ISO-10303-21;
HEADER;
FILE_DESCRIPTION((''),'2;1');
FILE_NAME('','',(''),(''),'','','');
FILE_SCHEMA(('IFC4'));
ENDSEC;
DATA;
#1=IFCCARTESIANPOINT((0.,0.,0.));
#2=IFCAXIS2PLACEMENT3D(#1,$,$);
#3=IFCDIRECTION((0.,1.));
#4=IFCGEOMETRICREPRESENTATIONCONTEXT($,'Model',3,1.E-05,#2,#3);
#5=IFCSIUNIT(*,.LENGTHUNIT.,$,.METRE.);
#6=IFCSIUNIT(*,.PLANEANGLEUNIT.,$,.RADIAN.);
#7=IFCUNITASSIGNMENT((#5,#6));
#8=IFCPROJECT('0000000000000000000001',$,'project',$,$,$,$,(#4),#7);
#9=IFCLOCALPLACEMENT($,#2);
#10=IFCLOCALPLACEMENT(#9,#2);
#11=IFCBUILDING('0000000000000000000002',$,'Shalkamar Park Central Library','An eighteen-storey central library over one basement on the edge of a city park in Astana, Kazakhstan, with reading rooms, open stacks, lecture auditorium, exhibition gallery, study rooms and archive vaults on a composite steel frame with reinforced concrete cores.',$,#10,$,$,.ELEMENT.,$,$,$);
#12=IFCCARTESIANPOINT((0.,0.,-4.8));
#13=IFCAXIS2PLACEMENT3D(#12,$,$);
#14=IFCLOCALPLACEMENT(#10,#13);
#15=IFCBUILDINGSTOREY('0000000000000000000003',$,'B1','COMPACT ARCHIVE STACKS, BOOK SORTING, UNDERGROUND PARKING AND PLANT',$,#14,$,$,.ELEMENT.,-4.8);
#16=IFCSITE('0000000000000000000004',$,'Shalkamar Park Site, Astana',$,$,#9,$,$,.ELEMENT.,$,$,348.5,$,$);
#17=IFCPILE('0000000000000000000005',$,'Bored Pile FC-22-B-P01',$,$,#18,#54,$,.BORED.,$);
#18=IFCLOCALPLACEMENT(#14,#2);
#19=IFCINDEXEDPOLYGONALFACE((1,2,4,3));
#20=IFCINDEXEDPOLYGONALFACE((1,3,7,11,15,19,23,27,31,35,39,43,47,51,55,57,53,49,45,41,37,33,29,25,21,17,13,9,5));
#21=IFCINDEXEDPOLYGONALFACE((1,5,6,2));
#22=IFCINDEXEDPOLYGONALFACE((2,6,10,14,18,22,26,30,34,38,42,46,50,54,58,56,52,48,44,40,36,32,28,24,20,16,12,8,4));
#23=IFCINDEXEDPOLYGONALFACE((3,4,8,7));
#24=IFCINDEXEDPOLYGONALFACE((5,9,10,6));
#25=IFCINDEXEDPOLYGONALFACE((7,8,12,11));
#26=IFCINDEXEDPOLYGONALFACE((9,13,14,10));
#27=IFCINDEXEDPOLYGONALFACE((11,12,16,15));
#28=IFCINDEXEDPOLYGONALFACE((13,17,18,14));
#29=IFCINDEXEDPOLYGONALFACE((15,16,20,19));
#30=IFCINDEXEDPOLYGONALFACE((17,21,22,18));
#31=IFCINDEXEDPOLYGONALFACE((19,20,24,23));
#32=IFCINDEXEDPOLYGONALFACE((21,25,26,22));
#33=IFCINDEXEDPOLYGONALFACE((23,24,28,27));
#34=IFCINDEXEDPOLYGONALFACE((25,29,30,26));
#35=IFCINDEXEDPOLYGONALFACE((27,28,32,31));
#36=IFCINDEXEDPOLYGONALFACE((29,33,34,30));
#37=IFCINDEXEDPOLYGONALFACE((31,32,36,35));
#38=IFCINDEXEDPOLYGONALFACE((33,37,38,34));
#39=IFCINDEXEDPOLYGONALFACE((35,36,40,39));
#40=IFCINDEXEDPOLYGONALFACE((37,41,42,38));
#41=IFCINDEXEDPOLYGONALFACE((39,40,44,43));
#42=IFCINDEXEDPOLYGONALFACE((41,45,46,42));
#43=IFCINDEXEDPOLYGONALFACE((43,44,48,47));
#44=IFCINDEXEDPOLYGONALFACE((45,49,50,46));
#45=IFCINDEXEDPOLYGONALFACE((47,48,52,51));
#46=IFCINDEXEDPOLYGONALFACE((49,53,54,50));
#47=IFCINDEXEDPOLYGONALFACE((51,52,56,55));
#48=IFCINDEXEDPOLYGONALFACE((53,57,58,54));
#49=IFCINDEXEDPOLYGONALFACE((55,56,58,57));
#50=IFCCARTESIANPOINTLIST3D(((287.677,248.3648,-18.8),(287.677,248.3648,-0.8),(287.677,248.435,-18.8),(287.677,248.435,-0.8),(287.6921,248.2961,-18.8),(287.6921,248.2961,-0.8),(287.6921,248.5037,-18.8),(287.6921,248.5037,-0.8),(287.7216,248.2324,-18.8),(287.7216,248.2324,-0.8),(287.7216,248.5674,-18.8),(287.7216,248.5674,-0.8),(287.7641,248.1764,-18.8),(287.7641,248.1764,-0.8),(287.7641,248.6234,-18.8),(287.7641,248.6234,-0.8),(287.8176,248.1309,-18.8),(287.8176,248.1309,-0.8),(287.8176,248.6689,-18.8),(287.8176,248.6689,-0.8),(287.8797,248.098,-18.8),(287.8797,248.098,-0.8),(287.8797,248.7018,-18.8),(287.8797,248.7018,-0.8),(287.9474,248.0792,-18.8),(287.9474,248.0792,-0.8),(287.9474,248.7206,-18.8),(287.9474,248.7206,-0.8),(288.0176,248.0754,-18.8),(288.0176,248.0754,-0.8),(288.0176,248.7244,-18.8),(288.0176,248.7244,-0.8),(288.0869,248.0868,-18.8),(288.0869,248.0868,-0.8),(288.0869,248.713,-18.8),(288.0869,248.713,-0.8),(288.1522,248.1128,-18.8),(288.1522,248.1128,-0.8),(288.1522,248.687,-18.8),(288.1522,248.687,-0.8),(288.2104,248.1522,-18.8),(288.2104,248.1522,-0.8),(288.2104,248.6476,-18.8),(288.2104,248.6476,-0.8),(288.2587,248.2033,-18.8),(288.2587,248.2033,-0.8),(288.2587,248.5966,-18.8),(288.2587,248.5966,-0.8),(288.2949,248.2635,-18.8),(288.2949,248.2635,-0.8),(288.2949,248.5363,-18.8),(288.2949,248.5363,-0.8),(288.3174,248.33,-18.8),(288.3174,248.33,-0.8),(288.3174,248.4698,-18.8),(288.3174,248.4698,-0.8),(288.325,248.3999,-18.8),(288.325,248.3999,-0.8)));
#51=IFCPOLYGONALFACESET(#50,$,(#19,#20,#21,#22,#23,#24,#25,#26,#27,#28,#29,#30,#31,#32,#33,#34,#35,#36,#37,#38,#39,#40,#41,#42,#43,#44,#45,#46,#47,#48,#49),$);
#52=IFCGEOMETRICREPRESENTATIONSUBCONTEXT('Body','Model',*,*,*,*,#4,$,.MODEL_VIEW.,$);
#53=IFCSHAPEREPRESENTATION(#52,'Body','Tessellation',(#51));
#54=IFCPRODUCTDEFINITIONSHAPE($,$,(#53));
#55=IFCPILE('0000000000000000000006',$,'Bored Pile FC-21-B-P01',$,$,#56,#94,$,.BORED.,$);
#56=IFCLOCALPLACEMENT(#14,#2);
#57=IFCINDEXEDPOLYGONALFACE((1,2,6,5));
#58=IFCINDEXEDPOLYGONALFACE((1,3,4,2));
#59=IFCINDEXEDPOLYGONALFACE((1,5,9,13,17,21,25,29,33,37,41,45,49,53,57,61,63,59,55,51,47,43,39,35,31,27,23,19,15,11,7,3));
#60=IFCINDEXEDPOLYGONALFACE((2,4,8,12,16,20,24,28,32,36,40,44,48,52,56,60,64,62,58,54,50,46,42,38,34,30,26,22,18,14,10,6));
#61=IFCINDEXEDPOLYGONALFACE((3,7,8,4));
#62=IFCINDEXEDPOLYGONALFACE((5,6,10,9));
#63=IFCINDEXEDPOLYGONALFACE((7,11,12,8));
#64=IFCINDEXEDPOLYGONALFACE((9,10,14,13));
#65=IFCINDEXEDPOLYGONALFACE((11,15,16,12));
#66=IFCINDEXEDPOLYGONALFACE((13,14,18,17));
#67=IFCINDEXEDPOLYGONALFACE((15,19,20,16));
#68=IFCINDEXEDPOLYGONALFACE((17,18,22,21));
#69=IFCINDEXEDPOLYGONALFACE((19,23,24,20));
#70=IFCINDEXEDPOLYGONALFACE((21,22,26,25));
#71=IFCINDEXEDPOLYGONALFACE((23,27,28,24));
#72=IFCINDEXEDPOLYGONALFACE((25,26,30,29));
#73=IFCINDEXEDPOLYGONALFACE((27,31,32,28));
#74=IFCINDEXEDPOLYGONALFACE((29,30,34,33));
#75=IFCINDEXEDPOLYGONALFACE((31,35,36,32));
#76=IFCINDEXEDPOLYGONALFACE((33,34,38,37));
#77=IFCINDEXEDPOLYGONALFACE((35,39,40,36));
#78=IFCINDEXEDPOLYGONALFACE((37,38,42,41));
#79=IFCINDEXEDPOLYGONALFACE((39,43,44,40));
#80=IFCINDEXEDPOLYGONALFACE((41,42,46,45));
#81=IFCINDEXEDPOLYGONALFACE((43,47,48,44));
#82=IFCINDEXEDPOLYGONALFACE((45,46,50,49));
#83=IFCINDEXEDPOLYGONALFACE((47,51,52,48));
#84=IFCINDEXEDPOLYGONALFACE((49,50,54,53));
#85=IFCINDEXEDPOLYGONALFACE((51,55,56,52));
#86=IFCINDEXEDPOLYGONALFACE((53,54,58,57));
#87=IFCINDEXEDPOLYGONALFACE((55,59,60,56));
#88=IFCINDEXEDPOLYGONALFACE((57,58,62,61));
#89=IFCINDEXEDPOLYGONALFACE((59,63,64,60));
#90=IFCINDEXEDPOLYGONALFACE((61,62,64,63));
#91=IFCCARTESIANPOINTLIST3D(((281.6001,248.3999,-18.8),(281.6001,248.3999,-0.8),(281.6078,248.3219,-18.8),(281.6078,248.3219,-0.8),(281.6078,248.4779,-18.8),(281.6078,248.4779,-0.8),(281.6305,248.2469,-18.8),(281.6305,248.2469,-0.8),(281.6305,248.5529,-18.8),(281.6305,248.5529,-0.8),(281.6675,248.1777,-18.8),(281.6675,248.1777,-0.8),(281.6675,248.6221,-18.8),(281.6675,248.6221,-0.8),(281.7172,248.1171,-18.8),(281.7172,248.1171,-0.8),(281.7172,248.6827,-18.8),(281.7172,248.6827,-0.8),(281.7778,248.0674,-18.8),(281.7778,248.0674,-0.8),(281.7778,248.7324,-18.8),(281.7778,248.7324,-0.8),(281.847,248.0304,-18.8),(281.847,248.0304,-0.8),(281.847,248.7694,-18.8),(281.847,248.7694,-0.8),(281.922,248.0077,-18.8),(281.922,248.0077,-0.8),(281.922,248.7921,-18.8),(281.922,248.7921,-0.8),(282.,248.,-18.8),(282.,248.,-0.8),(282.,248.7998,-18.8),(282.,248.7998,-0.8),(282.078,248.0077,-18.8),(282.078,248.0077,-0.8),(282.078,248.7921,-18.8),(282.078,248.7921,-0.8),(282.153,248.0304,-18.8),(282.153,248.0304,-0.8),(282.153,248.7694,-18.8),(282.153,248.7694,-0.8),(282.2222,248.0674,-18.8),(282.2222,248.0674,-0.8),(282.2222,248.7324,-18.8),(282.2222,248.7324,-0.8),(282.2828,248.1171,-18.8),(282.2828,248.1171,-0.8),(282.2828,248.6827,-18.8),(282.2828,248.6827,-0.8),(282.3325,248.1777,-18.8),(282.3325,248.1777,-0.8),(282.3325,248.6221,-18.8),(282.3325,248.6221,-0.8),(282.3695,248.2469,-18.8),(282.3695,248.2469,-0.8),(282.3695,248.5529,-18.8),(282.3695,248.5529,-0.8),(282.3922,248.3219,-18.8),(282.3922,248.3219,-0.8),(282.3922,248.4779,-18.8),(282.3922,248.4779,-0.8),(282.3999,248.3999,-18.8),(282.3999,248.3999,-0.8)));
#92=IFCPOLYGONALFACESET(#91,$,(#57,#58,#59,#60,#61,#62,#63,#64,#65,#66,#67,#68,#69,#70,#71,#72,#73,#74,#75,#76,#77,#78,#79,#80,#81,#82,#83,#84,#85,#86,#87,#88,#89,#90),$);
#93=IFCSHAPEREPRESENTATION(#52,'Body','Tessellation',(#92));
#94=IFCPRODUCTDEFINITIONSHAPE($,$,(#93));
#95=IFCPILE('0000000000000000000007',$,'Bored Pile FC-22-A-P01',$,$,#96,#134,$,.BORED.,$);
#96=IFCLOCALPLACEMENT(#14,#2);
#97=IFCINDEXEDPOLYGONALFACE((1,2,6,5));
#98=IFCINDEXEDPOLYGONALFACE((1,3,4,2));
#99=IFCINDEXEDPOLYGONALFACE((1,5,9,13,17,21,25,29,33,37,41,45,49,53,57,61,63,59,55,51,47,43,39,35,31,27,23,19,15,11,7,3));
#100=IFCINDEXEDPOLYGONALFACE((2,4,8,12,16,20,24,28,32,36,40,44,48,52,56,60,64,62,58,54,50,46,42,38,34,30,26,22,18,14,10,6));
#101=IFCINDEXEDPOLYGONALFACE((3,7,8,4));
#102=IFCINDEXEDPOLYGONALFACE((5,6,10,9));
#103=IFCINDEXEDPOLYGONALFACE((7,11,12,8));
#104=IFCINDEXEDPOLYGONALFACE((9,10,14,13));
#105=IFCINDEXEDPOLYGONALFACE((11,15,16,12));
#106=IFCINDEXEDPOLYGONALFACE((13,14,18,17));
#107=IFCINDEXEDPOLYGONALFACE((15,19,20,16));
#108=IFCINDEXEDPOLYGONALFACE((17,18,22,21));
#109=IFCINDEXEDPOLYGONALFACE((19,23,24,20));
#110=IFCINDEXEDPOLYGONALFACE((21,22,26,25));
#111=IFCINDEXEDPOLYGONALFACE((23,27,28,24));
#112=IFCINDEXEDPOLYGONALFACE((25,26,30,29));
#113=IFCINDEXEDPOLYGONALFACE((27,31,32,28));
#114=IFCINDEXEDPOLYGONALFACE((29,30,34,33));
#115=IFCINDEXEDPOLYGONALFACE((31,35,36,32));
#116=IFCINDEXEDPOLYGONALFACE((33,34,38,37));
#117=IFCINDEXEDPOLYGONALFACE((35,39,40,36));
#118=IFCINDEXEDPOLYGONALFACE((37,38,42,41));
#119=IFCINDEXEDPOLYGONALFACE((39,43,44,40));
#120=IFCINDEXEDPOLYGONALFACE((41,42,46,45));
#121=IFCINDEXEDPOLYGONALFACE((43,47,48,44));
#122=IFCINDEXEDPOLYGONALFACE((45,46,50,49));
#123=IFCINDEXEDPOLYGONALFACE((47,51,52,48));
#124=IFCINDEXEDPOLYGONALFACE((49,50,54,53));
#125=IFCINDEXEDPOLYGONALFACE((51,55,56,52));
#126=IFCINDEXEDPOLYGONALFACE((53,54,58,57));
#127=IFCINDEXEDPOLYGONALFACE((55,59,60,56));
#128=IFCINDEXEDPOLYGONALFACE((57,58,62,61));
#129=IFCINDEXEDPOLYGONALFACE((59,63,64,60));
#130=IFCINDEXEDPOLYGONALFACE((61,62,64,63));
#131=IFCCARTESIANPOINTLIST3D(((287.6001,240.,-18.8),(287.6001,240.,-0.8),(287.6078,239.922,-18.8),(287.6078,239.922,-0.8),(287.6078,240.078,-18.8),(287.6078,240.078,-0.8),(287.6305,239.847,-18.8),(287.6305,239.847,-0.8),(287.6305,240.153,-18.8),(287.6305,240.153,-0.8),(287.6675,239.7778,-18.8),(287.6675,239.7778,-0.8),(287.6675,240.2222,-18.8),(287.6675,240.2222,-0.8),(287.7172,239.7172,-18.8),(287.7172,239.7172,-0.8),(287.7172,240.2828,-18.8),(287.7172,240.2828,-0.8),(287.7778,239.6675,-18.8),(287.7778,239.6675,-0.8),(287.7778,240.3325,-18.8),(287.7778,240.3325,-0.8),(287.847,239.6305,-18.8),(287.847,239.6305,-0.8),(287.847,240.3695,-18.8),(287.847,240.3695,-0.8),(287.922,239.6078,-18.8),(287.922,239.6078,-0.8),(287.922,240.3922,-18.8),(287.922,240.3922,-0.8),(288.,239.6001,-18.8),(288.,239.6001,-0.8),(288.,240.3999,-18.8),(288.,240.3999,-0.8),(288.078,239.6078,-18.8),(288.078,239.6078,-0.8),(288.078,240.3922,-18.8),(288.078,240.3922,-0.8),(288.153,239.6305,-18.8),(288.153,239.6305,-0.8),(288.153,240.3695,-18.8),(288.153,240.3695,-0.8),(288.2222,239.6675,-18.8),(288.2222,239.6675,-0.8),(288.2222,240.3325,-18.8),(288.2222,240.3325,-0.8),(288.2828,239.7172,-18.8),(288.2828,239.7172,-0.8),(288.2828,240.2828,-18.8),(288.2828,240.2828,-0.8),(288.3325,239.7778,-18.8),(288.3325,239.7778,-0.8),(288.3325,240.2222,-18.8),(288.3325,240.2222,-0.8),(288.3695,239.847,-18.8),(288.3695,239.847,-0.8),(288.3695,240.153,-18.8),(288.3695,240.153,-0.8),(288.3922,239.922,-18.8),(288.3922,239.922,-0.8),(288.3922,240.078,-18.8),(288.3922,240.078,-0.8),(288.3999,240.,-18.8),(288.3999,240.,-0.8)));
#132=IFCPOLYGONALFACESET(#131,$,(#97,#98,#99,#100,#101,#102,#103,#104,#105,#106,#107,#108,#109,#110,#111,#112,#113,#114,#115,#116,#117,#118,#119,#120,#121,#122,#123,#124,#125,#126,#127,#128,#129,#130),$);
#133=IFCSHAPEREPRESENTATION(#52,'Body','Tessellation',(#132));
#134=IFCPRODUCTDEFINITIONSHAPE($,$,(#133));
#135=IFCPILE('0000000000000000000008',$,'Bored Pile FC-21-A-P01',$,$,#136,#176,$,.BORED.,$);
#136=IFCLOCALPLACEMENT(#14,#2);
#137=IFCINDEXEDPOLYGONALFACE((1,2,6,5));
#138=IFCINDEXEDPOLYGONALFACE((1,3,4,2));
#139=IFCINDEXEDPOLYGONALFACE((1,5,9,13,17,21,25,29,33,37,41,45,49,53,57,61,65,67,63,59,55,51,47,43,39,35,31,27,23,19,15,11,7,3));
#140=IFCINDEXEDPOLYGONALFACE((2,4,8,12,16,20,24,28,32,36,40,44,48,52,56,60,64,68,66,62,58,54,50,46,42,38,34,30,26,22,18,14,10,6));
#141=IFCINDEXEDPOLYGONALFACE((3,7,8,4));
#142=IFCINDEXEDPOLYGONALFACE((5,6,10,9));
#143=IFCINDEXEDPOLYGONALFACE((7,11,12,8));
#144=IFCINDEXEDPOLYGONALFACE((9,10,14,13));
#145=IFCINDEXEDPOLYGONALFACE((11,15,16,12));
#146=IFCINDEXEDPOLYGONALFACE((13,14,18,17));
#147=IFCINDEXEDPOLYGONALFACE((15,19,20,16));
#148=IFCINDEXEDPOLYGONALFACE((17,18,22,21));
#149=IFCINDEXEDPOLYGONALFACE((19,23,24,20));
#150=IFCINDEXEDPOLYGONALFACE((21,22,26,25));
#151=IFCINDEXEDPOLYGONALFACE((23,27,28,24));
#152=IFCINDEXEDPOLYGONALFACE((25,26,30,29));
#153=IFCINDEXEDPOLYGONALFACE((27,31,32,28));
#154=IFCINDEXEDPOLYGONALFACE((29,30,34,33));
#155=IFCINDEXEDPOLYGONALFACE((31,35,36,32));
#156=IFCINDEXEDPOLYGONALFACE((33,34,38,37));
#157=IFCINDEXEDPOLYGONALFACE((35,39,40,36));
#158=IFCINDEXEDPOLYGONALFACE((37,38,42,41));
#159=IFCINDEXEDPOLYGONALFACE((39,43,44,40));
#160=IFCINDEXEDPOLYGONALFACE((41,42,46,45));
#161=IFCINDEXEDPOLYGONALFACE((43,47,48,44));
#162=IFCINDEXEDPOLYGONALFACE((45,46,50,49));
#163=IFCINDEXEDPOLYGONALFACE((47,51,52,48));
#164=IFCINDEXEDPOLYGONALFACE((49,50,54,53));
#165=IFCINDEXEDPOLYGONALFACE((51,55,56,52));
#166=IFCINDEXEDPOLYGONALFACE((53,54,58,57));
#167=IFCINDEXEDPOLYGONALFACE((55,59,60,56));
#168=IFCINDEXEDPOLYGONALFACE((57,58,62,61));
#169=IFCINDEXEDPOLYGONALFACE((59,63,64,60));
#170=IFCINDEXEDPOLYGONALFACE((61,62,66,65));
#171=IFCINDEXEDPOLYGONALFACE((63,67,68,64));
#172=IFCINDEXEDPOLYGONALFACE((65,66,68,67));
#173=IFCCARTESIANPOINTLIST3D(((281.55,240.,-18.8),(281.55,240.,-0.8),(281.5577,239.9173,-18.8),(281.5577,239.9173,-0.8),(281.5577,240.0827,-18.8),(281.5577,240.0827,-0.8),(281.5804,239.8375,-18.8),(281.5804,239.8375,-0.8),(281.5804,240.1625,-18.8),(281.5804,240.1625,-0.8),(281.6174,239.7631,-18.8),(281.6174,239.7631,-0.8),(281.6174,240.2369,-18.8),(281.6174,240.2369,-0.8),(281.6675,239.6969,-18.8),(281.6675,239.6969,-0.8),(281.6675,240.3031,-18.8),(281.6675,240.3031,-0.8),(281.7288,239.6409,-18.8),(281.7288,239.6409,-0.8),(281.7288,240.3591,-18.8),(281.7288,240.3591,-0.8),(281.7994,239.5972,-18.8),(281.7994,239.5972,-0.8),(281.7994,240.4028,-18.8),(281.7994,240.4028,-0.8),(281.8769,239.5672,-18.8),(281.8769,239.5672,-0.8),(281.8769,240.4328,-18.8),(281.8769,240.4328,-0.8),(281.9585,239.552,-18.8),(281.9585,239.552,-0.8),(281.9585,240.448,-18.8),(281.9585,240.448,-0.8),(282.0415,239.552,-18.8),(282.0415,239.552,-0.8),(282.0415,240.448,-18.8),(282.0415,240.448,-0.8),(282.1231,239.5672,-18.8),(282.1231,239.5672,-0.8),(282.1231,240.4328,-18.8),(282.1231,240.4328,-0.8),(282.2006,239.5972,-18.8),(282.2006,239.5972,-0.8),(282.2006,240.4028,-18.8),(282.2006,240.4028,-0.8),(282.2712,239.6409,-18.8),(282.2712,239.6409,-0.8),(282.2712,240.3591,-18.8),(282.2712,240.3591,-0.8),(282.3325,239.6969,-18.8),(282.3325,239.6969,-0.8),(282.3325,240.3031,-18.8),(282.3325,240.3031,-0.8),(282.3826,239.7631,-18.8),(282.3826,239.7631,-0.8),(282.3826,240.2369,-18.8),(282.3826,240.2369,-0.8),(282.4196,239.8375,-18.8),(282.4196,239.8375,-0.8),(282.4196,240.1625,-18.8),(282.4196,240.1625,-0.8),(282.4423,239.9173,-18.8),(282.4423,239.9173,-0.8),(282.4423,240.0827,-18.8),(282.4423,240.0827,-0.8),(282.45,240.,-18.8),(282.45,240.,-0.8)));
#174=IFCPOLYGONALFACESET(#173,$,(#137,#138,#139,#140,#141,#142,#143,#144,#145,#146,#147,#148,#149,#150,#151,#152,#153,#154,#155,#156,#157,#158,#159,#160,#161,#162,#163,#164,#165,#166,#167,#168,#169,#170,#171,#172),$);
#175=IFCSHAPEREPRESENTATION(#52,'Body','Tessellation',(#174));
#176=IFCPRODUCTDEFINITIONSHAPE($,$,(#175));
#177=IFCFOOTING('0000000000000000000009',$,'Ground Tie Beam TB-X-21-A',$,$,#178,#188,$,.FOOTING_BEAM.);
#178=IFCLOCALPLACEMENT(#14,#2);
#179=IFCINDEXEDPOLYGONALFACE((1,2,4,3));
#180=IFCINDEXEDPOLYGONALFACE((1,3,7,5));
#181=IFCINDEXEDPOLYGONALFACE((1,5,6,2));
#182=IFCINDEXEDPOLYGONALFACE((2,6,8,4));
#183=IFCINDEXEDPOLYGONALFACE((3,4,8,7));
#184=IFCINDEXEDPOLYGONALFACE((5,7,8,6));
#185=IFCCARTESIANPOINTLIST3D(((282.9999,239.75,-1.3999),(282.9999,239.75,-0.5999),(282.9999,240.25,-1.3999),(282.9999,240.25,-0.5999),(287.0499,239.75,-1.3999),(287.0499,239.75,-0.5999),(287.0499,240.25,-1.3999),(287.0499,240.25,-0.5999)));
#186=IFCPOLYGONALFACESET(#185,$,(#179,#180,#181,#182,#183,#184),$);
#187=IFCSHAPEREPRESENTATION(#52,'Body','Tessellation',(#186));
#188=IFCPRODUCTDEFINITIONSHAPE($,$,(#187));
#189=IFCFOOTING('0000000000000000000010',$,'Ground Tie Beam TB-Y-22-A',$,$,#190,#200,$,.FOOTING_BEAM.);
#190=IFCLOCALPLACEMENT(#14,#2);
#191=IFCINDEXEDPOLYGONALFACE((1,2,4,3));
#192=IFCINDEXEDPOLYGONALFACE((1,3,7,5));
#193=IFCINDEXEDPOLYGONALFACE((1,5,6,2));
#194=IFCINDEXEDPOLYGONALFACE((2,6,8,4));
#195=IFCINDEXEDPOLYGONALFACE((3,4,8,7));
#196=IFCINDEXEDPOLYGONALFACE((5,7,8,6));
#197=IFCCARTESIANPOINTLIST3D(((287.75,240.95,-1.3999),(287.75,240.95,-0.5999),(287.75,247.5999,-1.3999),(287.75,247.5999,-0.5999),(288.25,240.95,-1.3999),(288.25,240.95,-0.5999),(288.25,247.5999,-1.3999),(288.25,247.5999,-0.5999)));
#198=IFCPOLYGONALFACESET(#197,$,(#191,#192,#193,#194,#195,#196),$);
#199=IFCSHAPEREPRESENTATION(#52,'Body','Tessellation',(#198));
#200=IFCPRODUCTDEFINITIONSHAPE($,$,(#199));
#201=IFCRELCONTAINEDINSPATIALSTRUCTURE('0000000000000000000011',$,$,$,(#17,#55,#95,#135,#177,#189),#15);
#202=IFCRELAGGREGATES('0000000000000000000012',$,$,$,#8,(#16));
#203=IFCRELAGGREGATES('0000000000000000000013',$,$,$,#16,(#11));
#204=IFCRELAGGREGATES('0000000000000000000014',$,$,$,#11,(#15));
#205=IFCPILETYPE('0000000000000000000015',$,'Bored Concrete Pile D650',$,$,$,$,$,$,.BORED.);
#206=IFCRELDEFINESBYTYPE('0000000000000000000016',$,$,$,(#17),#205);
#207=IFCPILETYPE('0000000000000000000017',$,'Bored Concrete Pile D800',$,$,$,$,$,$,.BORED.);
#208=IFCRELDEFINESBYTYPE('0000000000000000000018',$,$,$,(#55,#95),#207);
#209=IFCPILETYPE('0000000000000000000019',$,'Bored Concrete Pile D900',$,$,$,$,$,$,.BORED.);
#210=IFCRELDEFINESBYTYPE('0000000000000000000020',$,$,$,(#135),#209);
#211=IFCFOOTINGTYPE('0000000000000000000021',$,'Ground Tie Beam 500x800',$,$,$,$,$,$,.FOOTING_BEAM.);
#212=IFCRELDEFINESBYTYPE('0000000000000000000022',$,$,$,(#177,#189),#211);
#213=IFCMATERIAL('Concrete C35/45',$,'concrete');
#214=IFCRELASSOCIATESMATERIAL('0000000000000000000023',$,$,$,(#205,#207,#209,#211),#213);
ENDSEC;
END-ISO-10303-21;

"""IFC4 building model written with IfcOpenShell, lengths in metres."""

from ifc_helpers import new_model, si_unit, direction, frame, origin, origin_2d, place, context, subcontext, project, spatial, rectangle, circle, extrude, material, material_profile, profile_set, type_object, element, save


model = new_model("IFC4")

# Units and contexts
model_context = context("Model", 3, precision=1e-05, world=origin(), true_north=direction((0.0, 1.0)))
body_context = subcontext(model_context, "Body", "Model", "MODEL_VIEW")
ifc_project = project(units=[si_unit("LENGTHUNIT", "METRE"), si_unit("PLANEANGLEUNIT", "RADIAN")], contexts=[model_context])

# Site, building, storey
site_placement = place(None, origin())
site = spatial("IfcSite", under=ifc_project, at=site_placement, Name="Shalkamar Park Site, Astana", CompositionType="ELEMENT", RefElevation=348.5)
building_placement = place(site_placement, origin())
building = spatial("IfcBuilding", under=site, at=building_placement, Name="Shalkamar Park Central Library", Description="An eighteen-storey central library over one basement on the edge of a city park in Astana, Kazakhstan, with reading rooms, open stacks, lecture auditorium, exhibition gallery, study rooms and archive vaults on a composite steel frame with reinforced concrete cores.", CompositionType="ELEMENT")
storey_placement = place(building_placement, frame((0.0, 0.0, -4.8)))
storey = spatial("IfcBuildingStorey", under=building, at=storey_placement, Name="B1", Description="COMPACT ARCHIVE STACKS, BOOK SORTING, UNDERGROUND PARKING AND PLANT", CompositionType="ELEMENT", Elevation=-4.8)

# Piles
ifc_material_1 = material(Name="Concrete C35/45", Category="concrete")
ifc_material_profile_1 = material_profile(ifc_material_1, circle(Radius=0.325, at=origin_2d()), Name="PILE D650")
ifc_profile_set_1 = profile_set([ifc_material_profile_1], Name="Concrete C35/45")
pile_type_1 = type_object("IfcPileType", Name="Bored Concrete Pile D650", PredefinedType="BORED", material=ifc_profile_set_1)
pile_1_placement = place(storey_placement, frame((288.0, 248.3999, -0.8), z_axis=(0.0, 0.0, -1.0), x_axis=(1.0, 0.0, 0.0)))
element("IfcPile", 1, at=pile_1_placement, inside=storey, type_object=pile_type_1, Name="Bored Pile FC-22-B-P01", PredefinedType="BORED", context=body_context, shape_type="SweptSolid", body=[
    extrude(circle(Radius=0.325, at=origin_2d()), origin(), (0.0, 0.0, 1.0), 18.0),
])
ifc_material_profile_2 = material_profile(ifc_material_1, circle(Radius=0.3999, at=origin_2d()), Name="PILE D800")
ifc_profile_set_2 = profile_set([ifc_material_profile_2], Name="Concrete C35/45")
pile_type_2 = type_object("IfcPileType", Name="Bored Concrete Pile D800", PredefinedType="BORED", material=ifc_profile_set_2)
for number, where, z_axis, x_axis, name in (
    (2, (282.0, 248.3999, -0.8), (0.0, 0.0, -1.0), (1.0, 0.0, 0.0), "Bored Pile FC-21-B-P01"),
    (3, (288.0, 240.0, -0.8), (0.0, 0.0, -1.0), (1.0, 0.0, 0.0), "Bored Pile FC-22-A-P01"),
):
    element("IfcPile", number, at=place(storey_placement, frame(where, z_axis=z_axis, x_axis=x_axis)), inside=storey, type_object=pile_type_2, Name=name, PredefinedType="BORED", context=body_context, shape_type="SweptSolid", body=[
        extrude(circle(Radius=0.3999, at=origin_2d()), origin(), (0.0, 0.0, 1.0), 18.0),
    ])
ifc_material_profile_3 = material_profile(ifc_material_1, circle(Radius=0.45, at=origin_2d()), Name="PILE D900")
ifc_profile_set_3 = profile_set([ifc_material_profile_3], Name="Concrete C35/45")
pile_type_3 = type_object("IfcPileType", Name="Bored Concrete Pile D900", PredefinedType="BORED", material=ifc_profile_set_3)
pile_2_placement = place(storey_placement, frame((282.0, 240.0, -0.8), z_axis=(0.0, 0.0, -1.0), x_axis=(1.0, 0.0, 0.0)))
element("IfcPile", 4, at=pile_2_placement, inside=storey, type_object=pile_type_3, Name="Bored Pile FC-21-A-P01", PredefinedType="BORED", context=body_context, shape_type="SweptSolid", body=[
    extrude(circle(Radius=0.45, at=origin_2d()), origin(), (0.0, 0.0, 1.0), 18.0),
])

# Footings
footing_type_1 = type_object("IfcFootingType", Name="Ground Tie Beam 500x800", PredefinedType="FOOTING_BEAM", material=ifc_material_1)
footing_1_placement = place(storey_placement, frame((285.0249, 240.0, -1.3999), z_axis=(0.0, 0.0, 1.0), x_axis=(1.0, 0.0, 0.0)))
element("IfcFooting", 5, at=footing_1_placement, inside=storey, type_object=footing_type_1, Name="Ground Tie Beam TB-X-21-A", PredefinedType="FOOTING_BEAM", context=body_context, shape_type="SweptSolid", body=[
    extrude(rectangle(XDim=4.05, YDim=0.5, at=origin_2d()), origin(), (0.0, 0.0, 1.0), 0.8),
])
footing_2_placement = place(storey_placement, frame((288.0, 244.2749, -1.3999), z_axis=(0.0, 0.0, 1.0), x_axis=(0.0, 1.0, 0.0)))
element("IfcFooting", 6, at=footing_2_placement, inside=storey, type_object=footing_type_1, Name="Ground Tie Beam TB-Y-22-A", PredefinedType="FOOTING_BEAM", context=body_context, shape_type="SweptSolid", body=[
    extrude(rectangle(XDim=6.6499, YDim=0.5, at=origin_2d()), origin(), (0.0, 0.0, 1.0), 0.8),
])

save(model, "model.ifc")
